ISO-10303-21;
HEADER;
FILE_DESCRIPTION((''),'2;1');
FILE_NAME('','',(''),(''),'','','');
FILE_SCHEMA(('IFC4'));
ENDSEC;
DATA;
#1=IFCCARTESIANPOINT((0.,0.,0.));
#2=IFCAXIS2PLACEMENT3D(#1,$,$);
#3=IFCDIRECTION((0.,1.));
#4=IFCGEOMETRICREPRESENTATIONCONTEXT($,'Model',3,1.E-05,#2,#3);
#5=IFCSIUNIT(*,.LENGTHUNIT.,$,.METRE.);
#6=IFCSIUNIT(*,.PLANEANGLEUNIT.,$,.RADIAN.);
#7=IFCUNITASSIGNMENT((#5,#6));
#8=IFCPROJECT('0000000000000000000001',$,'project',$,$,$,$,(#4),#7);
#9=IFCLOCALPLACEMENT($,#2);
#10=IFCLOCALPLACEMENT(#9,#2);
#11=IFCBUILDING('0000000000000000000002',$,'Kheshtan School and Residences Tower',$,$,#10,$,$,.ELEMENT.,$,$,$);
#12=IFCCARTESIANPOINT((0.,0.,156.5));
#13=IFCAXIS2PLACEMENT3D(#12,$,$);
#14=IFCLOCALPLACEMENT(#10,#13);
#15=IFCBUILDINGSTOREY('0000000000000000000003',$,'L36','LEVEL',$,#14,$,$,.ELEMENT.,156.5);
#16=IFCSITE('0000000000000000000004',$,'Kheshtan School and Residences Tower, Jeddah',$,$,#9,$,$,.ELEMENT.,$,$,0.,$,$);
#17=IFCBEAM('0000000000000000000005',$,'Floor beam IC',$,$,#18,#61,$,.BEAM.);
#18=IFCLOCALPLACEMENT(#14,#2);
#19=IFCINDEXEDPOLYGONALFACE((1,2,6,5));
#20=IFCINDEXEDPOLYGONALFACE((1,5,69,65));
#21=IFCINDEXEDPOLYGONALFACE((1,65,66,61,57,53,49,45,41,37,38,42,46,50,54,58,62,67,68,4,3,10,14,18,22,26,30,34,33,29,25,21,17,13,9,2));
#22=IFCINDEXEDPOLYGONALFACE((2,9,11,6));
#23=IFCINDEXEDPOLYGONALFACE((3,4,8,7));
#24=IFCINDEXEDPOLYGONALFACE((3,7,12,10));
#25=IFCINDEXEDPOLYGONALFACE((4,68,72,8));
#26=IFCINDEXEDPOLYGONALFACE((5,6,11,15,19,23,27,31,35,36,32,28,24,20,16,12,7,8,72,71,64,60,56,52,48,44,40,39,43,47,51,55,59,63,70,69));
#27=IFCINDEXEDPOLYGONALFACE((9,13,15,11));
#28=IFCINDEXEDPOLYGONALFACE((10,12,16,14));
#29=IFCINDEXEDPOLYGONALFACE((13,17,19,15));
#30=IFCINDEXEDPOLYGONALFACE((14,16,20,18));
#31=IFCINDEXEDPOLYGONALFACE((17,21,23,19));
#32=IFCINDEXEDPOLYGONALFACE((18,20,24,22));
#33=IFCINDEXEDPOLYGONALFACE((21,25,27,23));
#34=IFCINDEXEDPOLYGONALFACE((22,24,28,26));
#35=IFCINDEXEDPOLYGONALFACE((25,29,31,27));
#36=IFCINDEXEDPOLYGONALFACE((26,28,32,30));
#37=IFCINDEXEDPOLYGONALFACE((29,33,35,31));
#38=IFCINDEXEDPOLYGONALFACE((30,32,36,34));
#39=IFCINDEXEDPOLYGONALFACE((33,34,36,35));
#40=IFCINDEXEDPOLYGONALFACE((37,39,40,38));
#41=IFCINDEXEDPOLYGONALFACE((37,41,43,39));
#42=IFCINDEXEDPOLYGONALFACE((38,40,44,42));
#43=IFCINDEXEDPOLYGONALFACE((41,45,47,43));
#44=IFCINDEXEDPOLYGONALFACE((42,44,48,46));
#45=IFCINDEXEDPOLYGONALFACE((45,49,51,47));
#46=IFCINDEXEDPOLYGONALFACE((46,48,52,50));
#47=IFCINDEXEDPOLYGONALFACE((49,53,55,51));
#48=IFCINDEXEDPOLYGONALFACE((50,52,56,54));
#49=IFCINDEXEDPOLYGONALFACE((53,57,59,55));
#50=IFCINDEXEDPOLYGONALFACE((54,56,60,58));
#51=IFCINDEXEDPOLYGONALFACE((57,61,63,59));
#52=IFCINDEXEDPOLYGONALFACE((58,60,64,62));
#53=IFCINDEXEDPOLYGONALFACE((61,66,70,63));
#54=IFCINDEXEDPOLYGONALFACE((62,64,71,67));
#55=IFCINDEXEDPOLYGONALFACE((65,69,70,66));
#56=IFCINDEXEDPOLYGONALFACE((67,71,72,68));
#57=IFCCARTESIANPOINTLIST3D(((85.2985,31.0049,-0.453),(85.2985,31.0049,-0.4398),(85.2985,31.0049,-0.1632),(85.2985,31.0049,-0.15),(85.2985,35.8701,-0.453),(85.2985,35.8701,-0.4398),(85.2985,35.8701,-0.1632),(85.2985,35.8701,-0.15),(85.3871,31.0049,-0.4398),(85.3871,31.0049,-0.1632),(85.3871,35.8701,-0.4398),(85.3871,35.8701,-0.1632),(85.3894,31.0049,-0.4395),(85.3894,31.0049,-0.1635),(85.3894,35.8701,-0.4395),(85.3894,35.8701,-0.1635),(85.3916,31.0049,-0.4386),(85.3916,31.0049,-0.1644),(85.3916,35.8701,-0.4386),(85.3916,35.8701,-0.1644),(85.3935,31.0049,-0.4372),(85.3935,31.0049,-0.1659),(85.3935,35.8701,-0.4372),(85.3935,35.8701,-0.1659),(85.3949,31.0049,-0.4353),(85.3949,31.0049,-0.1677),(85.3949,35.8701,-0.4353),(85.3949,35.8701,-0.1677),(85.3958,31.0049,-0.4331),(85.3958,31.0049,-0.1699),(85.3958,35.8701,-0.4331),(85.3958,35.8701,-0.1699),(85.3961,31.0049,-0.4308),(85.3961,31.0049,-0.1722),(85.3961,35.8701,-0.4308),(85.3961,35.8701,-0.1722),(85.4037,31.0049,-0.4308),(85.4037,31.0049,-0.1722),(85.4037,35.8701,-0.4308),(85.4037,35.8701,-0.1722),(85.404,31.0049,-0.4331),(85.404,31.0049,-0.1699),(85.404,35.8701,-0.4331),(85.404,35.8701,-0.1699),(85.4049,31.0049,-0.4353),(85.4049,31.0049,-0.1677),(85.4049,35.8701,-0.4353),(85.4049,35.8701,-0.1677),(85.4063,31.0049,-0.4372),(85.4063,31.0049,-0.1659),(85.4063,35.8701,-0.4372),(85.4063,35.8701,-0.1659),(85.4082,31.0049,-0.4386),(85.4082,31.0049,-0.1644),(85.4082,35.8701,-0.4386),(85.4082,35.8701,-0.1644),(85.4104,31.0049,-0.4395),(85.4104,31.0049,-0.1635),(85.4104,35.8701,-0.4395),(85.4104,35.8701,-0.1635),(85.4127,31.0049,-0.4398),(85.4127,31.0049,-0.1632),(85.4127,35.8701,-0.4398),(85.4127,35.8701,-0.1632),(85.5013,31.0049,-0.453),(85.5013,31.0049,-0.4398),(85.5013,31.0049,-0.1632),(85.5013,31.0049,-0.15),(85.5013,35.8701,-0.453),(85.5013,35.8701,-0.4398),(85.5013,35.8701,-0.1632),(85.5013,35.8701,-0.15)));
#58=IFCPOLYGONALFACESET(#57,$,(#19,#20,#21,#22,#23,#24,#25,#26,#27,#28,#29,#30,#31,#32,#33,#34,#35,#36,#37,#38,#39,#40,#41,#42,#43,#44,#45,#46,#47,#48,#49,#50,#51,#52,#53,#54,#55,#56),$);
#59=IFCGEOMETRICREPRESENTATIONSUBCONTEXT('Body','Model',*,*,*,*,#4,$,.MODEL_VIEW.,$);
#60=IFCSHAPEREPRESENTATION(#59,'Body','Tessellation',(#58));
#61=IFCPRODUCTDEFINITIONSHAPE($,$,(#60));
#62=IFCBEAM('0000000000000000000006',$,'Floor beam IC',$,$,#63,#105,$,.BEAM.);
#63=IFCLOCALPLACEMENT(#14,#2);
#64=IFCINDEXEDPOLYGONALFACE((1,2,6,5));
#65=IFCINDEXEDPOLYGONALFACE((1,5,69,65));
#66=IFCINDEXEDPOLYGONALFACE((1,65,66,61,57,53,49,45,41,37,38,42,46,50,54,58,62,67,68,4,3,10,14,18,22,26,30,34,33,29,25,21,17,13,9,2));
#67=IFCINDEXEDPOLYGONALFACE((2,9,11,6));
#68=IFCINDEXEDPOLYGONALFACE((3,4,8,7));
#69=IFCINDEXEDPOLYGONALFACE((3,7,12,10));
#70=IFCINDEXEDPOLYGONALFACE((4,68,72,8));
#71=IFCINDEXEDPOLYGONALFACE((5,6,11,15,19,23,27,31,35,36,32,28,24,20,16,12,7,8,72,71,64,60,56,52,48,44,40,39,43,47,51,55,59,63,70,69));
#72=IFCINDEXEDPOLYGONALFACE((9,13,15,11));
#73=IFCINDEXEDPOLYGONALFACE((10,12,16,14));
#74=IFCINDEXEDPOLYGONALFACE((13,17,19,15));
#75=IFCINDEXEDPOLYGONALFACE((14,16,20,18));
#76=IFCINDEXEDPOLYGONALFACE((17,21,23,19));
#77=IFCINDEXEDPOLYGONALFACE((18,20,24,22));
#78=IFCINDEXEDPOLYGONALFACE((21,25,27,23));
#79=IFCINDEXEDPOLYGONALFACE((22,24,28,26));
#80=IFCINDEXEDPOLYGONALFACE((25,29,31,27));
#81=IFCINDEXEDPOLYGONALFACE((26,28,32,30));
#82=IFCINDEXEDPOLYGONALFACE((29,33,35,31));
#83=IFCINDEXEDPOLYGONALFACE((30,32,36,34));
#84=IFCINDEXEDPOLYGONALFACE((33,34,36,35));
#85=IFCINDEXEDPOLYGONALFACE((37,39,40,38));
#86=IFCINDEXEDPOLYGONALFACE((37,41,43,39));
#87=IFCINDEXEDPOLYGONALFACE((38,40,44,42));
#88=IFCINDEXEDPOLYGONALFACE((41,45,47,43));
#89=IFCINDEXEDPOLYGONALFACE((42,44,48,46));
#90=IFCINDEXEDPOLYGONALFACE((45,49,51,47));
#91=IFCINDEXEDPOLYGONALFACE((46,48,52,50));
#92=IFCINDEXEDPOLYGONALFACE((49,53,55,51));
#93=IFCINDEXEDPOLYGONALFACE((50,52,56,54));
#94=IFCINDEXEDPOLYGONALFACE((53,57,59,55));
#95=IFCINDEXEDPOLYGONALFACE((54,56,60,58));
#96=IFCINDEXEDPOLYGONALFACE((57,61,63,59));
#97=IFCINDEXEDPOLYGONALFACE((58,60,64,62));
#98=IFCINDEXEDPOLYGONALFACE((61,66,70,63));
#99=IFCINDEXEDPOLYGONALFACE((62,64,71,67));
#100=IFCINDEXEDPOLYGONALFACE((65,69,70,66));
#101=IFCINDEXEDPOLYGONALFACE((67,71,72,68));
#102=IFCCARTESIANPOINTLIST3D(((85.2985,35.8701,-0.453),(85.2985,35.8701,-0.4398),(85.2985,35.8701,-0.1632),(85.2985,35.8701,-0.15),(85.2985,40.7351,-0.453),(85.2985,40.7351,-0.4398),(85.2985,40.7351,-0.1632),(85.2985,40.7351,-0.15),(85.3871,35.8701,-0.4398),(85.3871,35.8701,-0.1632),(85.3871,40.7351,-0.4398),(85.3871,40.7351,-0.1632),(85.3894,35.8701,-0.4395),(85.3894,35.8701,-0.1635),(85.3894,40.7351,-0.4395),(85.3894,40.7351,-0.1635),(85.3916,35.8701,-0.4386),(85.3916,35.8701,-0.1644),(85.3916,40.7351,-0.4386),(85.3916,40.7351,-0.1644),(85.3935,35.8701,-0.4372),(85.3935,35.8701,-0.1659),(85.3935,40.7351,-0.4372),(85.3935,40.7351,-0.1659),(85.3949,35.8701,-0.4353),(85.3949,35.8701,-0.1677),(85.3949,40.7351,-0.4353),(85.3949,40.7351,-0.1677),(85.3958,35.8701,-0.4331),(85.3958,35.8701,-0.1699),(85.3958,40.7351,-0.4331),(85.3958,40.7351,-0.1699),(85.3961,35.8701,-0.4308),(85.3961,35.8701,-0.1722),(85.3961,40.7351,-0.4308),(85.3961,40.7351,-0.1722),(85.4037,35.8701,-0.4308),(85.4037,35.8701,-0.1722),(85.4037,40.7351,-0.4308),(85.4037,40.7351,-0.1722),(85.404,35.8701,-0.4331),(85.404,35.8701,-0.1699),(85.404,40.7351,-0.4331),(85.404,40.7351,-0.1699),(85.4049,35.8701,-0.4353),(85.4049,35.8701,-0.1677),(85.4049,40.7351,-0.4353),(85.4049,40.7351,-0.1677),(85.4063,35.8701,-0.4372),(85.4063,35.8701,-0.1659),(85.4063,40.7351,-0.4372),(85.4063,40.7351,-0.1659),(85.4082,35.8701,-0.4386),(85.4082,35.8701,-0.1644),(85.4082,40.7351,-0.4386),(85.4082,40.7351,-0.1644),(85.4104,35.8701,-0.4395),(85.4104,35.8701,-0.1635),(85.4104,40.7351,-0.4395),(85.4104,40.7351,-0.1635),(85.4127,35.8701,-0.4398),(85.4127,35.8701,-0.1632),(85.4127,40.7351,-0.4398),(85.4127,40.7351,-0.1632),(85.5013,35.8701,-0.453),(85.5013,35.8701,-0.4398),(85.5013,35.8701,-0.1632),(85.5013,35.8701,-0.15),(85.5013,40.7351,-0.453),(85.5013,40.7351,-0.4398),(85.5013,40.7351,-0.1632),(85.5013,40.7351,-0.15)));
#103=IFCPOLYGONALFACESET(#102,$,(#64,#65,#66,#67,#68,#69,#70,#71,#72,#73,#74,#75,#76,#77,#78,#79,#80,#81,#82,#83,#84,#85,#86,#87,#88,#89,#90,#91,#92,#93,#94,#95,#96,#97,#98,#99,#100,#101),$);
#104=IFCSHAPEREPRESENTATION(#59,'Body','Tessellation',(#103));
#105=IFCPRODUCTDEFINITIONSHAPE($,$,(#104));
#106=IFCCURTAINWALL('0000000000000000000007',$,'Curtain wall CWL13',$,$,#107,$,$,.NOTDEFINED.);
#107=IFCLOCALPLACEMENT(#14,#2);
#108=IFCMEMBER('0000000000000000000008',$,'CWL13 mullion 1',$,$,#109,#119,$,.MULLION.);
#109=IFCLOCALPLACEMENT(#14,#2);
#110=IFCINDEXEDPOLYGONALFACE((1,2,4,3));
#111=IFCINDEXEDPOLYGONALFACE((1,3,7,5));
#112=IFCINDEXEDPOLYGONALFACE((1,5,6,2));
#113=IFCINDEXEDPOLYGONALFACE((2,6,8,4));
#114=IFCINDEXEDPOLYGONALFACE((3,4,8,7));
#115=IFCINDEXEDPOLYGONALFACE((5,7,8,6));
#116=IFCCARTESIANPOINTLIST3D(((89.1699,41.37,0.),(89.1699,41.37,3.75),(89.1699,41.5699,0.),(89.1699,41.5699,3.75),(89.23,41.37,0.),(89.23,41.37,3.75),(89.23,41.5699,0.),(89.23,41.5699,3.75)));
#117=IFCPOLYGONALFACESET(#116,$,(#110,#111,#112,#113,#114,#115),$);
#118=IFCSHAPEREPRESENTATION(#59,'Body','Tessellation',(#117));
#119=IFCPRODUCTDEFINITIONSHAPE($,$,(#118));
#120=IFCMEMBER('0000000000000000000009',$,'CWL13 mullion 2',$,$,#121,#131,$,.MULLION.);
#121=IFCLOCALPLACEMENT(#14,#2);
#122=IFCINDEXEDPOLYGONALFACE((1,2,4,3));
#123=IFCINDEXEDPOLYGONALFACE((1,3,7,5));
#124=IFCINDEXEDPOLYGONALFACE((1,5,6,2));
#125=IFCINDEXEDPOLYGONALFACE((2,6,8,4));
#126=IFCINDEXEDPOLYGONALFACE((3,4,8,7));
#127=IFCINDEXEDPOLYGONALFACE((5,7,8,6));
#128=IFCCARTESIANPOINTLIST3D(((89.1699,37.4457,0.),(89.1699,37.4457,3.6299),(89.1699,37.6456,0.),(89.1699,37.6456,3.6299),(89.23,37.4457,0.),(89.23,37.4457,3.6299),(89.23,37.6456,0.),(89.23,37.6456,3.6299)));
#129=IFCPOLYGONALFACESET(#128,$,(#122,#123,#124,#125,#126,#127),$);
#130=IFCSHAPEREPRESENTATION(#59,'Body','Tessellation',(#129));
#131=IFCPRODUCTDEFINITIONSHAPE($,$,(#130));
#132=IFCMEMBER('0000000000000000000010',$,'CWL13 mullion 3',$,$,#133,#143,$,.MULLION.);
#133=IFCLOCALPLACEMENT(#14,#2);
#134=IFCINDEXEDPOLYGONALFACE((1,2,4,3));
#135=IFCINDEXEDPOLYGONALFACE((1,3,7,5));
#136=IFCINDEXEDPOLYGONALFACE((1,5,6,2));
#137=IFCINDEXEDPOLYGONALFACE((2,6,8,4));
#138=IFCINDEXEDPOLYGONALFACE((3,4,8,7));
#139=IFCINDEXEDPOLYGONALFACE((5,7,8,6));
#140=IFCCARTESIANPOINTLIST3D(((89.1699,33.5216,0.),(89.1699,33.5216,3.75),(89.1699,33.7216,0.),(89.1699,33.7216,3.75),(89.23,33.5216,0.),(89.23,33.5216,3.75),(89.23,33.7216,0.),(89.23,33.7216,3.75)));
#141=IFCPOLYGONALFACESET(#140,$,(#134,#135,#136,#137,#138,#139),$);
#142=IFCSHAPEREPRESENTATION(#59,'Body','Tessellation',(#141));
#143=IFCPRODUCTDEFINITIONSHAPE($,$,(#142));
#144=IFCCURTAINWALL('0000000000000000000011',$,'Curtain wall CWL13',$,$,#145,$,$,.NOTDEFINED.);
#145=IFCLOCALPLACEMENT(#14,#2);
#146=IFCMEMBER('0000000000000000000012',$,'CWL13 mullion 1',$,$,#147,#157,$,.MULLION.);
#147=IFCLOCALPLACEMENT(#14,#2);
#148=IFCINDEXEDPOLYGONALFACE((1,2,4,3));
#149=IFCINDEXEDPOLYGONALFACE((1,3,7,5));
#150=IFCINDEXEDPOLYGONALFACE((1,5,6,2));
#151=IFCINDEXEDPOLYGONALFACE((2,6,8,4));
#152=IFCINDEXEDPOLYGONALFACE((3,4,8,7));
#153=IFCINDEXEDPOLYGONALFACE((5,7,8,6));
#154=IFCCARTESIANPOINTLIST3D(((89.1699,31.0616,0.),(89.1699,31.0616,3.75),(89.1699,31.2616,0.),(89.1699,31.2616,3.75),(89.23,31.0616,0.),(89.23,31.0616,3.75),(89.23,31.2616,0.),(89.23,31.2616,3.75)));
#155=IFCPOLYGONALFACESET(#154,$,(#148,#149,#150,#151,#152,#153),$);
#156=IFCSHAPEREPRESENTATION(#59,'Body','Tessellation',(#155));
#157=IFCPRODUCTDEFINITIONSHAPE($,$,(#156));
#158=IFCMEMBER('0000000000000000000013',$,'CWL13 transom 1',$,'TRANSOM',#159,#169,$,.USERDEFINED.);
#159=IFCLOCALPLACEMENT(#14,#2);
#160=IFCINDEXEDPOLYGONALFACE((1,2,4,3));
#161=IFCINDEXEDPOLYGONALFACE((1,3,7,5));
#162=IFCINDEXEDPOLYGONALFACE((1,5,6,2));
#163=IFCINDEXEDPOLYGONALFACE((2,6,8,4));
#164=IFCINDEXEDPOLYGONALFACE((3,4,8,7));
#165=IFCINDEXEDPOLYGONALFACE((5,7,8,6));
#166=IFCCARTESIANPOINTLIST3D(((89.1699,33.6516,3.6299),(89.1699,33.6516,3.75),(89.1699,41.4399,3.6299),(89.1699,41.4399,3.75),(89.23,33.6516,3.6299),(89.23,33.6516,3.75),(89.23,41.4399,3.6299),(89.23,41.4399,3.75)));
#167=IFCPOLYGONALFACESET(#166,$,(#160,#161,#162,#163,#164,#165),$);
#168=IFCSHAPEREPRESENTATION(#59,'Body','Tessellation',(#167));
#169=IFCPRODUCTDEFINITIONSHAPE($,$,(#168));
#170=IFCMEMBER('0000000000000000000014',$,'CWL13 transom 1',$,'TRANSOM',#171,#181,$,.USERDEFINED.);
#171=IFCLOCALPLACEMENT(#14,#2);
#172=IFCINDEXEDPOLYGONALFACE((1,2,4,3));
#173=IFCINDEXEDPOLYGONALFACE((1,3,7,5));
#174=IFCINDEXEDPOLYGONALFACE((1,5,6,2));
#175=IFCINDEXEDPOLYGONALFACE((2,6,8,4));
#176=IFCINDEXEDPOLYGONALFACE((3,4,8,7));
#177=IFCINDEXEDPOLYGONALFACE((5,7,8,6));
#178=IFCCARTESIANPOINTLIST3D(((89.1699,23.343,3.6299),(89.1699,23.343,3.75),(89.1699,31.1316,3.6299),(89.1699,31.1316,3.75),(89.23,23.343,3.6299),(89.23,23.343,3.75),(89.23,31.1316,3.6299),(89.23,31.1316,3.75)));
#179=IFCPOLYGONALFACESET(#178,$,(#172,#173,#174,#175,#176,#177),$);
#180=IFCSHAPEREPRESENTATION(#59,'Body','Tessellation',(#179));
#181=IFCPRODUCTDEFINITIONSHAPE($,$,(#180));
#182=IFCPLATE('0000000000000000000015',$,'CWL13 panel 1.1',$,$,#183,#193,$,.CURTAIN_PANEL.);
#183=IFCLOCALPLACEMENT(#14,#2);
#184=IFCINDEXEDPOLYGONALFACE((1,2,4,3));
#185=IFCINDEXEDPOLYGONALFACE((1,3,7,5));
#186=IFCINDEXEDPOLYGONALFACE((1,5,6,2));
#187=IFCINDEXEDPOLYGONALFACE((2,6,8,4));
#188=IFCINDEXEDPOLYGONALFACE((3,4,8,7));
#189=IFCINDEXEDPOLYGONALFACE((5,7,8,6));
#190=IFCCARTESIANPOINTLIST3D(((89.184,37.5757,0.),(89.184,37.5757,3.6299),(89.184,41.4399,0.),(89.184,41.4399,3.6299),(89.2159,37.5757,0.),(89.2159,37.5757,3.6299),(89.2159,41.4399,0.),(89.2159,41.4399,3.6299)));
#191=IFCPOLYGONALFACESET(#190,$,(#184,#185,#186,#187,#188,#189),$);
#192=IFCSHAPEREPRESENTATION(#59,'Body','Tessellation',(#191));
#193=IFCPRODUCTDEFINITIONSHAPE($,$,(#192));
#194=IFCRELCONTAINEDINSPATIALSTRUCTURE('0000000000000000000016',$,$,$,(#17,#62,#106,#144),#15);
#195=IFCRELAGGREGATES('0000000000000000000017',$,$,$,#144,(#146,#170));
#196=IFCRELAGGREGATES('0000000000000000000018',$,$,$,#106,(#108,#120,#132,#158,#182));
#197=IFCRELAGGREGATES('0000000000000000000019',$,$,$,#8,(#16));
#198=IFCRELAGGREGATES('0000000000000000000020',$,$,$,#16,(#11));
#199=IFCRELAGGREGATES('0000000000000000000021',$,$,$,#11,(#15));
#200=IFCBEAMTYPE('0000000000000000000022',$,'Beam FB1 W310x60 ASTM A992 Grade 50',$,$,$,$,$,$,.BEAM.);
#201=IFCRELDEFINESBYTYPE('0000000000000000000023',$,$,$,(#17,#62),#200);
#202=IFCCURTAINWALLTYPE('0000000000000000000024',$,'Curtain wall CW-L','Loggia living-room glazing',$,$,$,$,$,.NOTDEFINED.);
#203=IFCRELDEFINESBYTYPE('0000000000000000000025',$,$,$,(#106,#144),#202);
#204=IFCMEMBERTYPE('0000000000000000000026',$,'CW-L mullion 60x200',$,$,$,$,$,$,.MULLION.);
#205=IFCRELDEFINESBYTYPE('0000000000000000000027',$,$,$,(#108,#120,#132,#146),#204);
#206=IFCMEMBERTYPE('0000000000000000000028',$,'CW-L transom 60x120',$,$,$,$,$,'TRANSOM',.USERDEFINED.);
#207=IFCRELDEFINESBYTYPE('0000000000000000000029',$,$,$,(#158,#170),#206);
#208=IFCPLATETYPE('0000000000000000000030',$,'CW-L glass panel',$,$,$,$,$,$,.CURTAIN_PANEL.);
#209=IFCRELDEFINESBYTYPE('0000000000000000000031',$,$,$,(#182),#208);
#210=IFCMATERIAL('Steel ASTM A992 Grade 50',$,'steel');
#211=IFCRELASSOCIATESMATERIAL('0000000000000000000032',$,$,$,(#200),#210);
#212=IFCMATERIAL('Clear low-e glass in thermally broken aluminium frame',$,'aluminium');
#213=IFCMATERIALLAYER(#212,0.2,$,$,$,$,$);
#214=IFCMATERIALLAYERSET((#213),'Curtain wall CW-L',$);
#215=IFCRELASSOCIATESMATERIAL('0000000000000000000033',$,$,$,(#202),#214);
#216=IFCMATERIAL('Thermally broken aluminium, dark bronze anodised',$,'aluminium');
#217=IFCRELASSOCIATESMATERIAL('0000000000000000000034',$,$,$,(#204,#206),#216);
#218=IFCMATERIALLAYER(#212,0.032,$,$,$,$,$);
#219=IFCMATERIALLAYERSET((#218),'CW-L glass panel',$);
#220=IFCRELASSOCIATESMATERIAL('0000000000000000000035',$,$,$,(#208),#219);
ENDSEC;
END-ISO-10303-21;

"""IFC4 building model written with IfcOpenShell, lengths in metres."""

from ifc_helpers import new_model, si_unit, direction, frame, origin, origin_2d, place, context, subcontext, project, spatial, rectangle, i_section, extrude, material, layer, layer_set, material_profile, profile_set, type_object, element, aggregate, save


model = new_model("IFC4")

# Units and contexts
model_context = context("Model", 3, precision=1e-05, world=origin(), true_north=direction((0.0, 1.0)))
body_context = subcontext(model_context, "Body", "Model", "MODEL_VIEW")
ifc_project = project(units=[si_unit("LENGTHUNIT", "METRE"), si_unit("PLANEANGLEUNIT", "RADIAN")], contexts=[model_context])

# Site, building, storey
site_placement = place(None, origin())
site = spatial("IfcSite", under=ifc_project, at=site_placement, Name="Kheshtan School and Residences Tower, Jeddah", CompositionType="ELEMENT", RefElevation=0.0)
building_placement = place(site_placement, origin())
building = spatial("IfcBuilding", under=site, at=building_placement, Name="Kheshtan School and Residences Tower", CompositionType="ELEMENT")
storey_placement = place(building_placement, frame((0.0, 0.0, 156.5)))
storey = spatial("IfcBuildingStorey", under=building, at=storey_placement, Name="L36", Description="LEVEL", CompositionType="ELEMENT", Elevation=156.5)

# Beams
ifc_material_1 = material(Name="Steel ASTM A992 Grade 50", Category="steel")
ifc_material_profile_1 = material_profile(ifc_material_1, i_section(OverallWidth=0.2029, OverallDepth=0.303, WebThickness=0.0076, FlangeThickness=0.0132, FilletRadius=0.009, at=origin_2d()), Name="W310x60")
ifc_profile_set_1 = profile_set([ifc_material_profile_1], Name="Steel ASTM A992 Grade 50")
beam_type = type_object("IfcBeamType", Name="Beam FB1 W310x60 ASTM A992 Grade 50", PredefinedType="BEAM", material=ifc_profile_set_1)
beam_1_placement = place(storey_placement, frame((85.3999, 31.0049, -0.3015), z_axis=(0.0, 1.0, 0.0), x_axis=(-1.0, 0.0, 0.0)))
element("IfcBeam", 1, at=beam_1_placement, inside=storey, type_object=beam_type, Name="Floor beam IC", PredefinedType="BEAM", context=body_context, shape_type="SweptSolid", body=[
    extrude(i_section(OverallWidth=0.2029, OverallDepth=0.303, WebThickness=0.0076, FlangeThickness=0.0132, FilletRadius=0.009, at=origin_2d()), origin(), (0.0, 0.0, 1.0), 4.8652),
])
beam_2_placement = place(storey_placement, frame((85.3999, 40.7351, -0.3015), z_axis=(0.0, -1.0, 0.0), x_axis=(1.0, 0.0, 0.0)))
element("IfcBeam", 2, at=beam_2_placement, inside=storey, type_object=beam_type, Name="Floor beam IC", PredefinedType="BEAM", context=body_context, shape_type="SweptSolid", body=[
    extrude(i_section(OverallWidth=0.2029, OverallDepth=0.303, WebThickness=0.0076, FlangeThickness=0.0132, FilletRadius=0.009, at=origin_2d()), origin(), (0.0, 0.0, 1.0), 4.865),
])

# Curtain wall, members
ifc_material_2 = material(Name="Clear low-e glass in thermally broken aluminium frame", Category="aluminium")
ifc_layer_1 = layer(ifc_material_2, 0.2)
ifc_layer_set_1 = layer_set([ifc_layer_1], Name="Curtain wall CW-L")
curtain_wall_type = type_object("IfcCurtainWallType", Name="Curtain wall CW-L", Description="Loggia living-room glazing", PredefinedType="NOTDEFINED", material=ifc_layer_set_1)
curtain_wall_1_placement = place(storey_placement, origin())
curtain_wall_1 = element("IfcCurtainWall", 3, at=curtain_wall_1_placement, inside=storey, type_object=curtain_wall_type, Name="Curtain wall CWL13", PredefinedType="NOTDEFINED")
ifc_material_3 = material(Name="Thermally broken aluminium, dark bronze anodised", Category="aluminium")
ifc_material_profile_2 = material_profile(ifc_material_3, rectangle(XDim=0.0601, YDim=0.2, at=origin_2d()), Name="CW-L mullion 60x200")
ifc_profile_set_2 = profile_set([ifc_material_profile_2], Name="Thermally broken aluminium, dark bronze anodised")
member_type_1 = type_object("IfcMemberType", Name="CW-L mullion 60x200", PredefinedType="MULLION", material=ifc_profile_set_2)
member_1_placement = place(storey_placement, frame((89.2, 41.47, 0.0), z_axis=(0.0, 0.0, 1.0), x_axis=(1.0, 0.0, 0.0)))
member_1 = element("IfcMember", 4, at=member_1_placement, type_object=member_type_1, Name="CWL13 mullion 1", PredefinedType="MULLION", context=body_context, shape_type="SweptSolid", body=[
    extrude(rectangle(XDim=0.0601, YDim=0.2, at=origin_2d()), origin(), (0.0, 0.0, 1.0), 3.75),
])
member_2_placement = place(storey_placement, frame((89.2, 37.5457, 0.0), z_axis=(0.0, 0.0, 1.0), x_axis=(1.0, 0.0, 0.0)))
member_2 = element("IfcMember", 5, at=member_2_placement, type_object=member_type_1, Name="CWL13 mullion 2", PredefinedType="MULLION", context=body_context, shape_type="SweptSolid", body=[
    extrude(rectangle(XDim=0.0601, YDim=0.2, at=origin_2d()), origin(), (0.0, 0.0, 1.0), 3.6299),
])
member_3_placement = place(storey_placement, frame((89.2, 33.6216, 0.0), z_axis=(0.0, 0.0, 1.0), x_axis=(1.0, 0.0, 0.0)))
member_3 = element("IfcMember", 6, at=member_3_placement, type_object=member_type_1, Name="CWL13 mullion 3", PredefinedType="MULLION", context=body_context, shape_type="SweptSolid", body=[
    extrude(rectangle(XDim=0.0601, YDim=0.2, at=origin_2d()), origin(), (0.0, 0.0, 1.0), 3.75),
])

# Curtain wall, member
curtain_wall_2_placement = place(storey_placement, origin())
curtain_wall_2 = element("IfcCurtainWall", 7, at=curtain_wall_2_placement, inside=storey, type_object=curtain_wall_type, Name="Curtain wall CWL13", PredefinedType="NOTDEFINED")
member_4_placement = place(storey_placement, frame((89.2, 31.1616, 0.0), z_axis=(0.0, 0.0, 1.0), x_axis=(1.0, 0.0, 0.0)))
member_4 = element("IfcMember", 8, at=member_4_placement, type_object=member_type_1, Name="CWL13 mullion 1", PredefinedType="MULLION", context=body_context, shape_type="SweptSolid", body=[
    extrude(rectangle(XDim=0.0601, YDim=0.2, at=origin_2d()), origin(), (0.0, 0.0, 1.0), 3.75),
])

# Members
ifc_material_profile_3 = material_profile(ifc_material_3, rectangle(XDim=0.0601, YDim=0.1201, at=origin_2d()), Name="CW-L transom 60x120")
ifc_profile_set_3 = profile_set([ifc_material_profile_3], Name="Thermally broken aluminium, dark bronze anodised")
member_type_2 = type_object("IfcMemberType", Name="CW-L transom 60x120", ElementType="TRANSOM", PredefinedType="USERDEFINED", material=ifc_profile_set_3)
member_5_placement = place(storey_placement, frame((89.2, 41.4399, 3.6899), z_axis=(0.0, -1.0, 0.0), x_axis=(1.0, 0.0, 0.0)))
member_5 = element("IfcMember", 9, at=member_5_placement, type_object=member_type_2, Name="CWL13 transom 1", ObjectType="TRANSOM", PredefinedType="USERDEFINED", context=body_context, shape_type="SweptSolid", body=[
    extrude(rectangle(XDim=0.0601, YDim=0.1201, at=origin_2d()), origin(), (0.0, 0.0, 1.0), 7.7883),
])
member_6_placement = place(storey_placement, frame((89.2, 31.1316, 3.6899), z_axis=(0.0, -1.0, 0.0), x_axis=(1.0, 0.0, 0.0)))
member_6 = element("IfcMember", 10, at=member_6_placement, type_object=member_type_2, Name="CWL13 transom 1", ObjectType="TRANSOM", PredefinedType="USERDEFINED", context=body_context, shape_type="SweptSolid", body=[
    extrude(rectangle(XDim=0.0601, YDim=0.1201, at=origin_2d()), origin(), (0.0, 0.0, 1.0), 7.7886),
])
aggregate(curtain_wall_2, [member_4, member_6])

# Plate
ifc_layer_2 = layer(ifc_material_2, 0.032)
ifc_layer_set_2 = layer_set([ifc_layer_2], Name="CW-L glass panel")
plate_type = type_object("IfcPlateType", Name="CW-L glass panel", PredefinedType="CURTAIN_PANEL", material=ifc_layer_set_2)
plate_1_placement = place(storey_placement, frame((89.2, 39.5078, 0.0), z_axis=(0.0, 0.0, 1.0), x_axis=(0.0, -1.0, 0.0)))
plate_1 = element("IfcPlate", 11, at=plate_1_placement, type_object=plate_type, Name="CWL13 panel 1.1", PredefinedType="CURTAIN_PANEL", context=body_context, shape_type="SweptSolid", body=[
    extrude(rectangle(XDim=3.8643, YDim=0.032, at=origin_2d()), origin(), (0.0, 0.0, 1.0), 3.6299),
])
aggregate(curtain_wall_1, [member_1, member_2, member_3, member_5, plate_1])

save(model, "model.ifc")
